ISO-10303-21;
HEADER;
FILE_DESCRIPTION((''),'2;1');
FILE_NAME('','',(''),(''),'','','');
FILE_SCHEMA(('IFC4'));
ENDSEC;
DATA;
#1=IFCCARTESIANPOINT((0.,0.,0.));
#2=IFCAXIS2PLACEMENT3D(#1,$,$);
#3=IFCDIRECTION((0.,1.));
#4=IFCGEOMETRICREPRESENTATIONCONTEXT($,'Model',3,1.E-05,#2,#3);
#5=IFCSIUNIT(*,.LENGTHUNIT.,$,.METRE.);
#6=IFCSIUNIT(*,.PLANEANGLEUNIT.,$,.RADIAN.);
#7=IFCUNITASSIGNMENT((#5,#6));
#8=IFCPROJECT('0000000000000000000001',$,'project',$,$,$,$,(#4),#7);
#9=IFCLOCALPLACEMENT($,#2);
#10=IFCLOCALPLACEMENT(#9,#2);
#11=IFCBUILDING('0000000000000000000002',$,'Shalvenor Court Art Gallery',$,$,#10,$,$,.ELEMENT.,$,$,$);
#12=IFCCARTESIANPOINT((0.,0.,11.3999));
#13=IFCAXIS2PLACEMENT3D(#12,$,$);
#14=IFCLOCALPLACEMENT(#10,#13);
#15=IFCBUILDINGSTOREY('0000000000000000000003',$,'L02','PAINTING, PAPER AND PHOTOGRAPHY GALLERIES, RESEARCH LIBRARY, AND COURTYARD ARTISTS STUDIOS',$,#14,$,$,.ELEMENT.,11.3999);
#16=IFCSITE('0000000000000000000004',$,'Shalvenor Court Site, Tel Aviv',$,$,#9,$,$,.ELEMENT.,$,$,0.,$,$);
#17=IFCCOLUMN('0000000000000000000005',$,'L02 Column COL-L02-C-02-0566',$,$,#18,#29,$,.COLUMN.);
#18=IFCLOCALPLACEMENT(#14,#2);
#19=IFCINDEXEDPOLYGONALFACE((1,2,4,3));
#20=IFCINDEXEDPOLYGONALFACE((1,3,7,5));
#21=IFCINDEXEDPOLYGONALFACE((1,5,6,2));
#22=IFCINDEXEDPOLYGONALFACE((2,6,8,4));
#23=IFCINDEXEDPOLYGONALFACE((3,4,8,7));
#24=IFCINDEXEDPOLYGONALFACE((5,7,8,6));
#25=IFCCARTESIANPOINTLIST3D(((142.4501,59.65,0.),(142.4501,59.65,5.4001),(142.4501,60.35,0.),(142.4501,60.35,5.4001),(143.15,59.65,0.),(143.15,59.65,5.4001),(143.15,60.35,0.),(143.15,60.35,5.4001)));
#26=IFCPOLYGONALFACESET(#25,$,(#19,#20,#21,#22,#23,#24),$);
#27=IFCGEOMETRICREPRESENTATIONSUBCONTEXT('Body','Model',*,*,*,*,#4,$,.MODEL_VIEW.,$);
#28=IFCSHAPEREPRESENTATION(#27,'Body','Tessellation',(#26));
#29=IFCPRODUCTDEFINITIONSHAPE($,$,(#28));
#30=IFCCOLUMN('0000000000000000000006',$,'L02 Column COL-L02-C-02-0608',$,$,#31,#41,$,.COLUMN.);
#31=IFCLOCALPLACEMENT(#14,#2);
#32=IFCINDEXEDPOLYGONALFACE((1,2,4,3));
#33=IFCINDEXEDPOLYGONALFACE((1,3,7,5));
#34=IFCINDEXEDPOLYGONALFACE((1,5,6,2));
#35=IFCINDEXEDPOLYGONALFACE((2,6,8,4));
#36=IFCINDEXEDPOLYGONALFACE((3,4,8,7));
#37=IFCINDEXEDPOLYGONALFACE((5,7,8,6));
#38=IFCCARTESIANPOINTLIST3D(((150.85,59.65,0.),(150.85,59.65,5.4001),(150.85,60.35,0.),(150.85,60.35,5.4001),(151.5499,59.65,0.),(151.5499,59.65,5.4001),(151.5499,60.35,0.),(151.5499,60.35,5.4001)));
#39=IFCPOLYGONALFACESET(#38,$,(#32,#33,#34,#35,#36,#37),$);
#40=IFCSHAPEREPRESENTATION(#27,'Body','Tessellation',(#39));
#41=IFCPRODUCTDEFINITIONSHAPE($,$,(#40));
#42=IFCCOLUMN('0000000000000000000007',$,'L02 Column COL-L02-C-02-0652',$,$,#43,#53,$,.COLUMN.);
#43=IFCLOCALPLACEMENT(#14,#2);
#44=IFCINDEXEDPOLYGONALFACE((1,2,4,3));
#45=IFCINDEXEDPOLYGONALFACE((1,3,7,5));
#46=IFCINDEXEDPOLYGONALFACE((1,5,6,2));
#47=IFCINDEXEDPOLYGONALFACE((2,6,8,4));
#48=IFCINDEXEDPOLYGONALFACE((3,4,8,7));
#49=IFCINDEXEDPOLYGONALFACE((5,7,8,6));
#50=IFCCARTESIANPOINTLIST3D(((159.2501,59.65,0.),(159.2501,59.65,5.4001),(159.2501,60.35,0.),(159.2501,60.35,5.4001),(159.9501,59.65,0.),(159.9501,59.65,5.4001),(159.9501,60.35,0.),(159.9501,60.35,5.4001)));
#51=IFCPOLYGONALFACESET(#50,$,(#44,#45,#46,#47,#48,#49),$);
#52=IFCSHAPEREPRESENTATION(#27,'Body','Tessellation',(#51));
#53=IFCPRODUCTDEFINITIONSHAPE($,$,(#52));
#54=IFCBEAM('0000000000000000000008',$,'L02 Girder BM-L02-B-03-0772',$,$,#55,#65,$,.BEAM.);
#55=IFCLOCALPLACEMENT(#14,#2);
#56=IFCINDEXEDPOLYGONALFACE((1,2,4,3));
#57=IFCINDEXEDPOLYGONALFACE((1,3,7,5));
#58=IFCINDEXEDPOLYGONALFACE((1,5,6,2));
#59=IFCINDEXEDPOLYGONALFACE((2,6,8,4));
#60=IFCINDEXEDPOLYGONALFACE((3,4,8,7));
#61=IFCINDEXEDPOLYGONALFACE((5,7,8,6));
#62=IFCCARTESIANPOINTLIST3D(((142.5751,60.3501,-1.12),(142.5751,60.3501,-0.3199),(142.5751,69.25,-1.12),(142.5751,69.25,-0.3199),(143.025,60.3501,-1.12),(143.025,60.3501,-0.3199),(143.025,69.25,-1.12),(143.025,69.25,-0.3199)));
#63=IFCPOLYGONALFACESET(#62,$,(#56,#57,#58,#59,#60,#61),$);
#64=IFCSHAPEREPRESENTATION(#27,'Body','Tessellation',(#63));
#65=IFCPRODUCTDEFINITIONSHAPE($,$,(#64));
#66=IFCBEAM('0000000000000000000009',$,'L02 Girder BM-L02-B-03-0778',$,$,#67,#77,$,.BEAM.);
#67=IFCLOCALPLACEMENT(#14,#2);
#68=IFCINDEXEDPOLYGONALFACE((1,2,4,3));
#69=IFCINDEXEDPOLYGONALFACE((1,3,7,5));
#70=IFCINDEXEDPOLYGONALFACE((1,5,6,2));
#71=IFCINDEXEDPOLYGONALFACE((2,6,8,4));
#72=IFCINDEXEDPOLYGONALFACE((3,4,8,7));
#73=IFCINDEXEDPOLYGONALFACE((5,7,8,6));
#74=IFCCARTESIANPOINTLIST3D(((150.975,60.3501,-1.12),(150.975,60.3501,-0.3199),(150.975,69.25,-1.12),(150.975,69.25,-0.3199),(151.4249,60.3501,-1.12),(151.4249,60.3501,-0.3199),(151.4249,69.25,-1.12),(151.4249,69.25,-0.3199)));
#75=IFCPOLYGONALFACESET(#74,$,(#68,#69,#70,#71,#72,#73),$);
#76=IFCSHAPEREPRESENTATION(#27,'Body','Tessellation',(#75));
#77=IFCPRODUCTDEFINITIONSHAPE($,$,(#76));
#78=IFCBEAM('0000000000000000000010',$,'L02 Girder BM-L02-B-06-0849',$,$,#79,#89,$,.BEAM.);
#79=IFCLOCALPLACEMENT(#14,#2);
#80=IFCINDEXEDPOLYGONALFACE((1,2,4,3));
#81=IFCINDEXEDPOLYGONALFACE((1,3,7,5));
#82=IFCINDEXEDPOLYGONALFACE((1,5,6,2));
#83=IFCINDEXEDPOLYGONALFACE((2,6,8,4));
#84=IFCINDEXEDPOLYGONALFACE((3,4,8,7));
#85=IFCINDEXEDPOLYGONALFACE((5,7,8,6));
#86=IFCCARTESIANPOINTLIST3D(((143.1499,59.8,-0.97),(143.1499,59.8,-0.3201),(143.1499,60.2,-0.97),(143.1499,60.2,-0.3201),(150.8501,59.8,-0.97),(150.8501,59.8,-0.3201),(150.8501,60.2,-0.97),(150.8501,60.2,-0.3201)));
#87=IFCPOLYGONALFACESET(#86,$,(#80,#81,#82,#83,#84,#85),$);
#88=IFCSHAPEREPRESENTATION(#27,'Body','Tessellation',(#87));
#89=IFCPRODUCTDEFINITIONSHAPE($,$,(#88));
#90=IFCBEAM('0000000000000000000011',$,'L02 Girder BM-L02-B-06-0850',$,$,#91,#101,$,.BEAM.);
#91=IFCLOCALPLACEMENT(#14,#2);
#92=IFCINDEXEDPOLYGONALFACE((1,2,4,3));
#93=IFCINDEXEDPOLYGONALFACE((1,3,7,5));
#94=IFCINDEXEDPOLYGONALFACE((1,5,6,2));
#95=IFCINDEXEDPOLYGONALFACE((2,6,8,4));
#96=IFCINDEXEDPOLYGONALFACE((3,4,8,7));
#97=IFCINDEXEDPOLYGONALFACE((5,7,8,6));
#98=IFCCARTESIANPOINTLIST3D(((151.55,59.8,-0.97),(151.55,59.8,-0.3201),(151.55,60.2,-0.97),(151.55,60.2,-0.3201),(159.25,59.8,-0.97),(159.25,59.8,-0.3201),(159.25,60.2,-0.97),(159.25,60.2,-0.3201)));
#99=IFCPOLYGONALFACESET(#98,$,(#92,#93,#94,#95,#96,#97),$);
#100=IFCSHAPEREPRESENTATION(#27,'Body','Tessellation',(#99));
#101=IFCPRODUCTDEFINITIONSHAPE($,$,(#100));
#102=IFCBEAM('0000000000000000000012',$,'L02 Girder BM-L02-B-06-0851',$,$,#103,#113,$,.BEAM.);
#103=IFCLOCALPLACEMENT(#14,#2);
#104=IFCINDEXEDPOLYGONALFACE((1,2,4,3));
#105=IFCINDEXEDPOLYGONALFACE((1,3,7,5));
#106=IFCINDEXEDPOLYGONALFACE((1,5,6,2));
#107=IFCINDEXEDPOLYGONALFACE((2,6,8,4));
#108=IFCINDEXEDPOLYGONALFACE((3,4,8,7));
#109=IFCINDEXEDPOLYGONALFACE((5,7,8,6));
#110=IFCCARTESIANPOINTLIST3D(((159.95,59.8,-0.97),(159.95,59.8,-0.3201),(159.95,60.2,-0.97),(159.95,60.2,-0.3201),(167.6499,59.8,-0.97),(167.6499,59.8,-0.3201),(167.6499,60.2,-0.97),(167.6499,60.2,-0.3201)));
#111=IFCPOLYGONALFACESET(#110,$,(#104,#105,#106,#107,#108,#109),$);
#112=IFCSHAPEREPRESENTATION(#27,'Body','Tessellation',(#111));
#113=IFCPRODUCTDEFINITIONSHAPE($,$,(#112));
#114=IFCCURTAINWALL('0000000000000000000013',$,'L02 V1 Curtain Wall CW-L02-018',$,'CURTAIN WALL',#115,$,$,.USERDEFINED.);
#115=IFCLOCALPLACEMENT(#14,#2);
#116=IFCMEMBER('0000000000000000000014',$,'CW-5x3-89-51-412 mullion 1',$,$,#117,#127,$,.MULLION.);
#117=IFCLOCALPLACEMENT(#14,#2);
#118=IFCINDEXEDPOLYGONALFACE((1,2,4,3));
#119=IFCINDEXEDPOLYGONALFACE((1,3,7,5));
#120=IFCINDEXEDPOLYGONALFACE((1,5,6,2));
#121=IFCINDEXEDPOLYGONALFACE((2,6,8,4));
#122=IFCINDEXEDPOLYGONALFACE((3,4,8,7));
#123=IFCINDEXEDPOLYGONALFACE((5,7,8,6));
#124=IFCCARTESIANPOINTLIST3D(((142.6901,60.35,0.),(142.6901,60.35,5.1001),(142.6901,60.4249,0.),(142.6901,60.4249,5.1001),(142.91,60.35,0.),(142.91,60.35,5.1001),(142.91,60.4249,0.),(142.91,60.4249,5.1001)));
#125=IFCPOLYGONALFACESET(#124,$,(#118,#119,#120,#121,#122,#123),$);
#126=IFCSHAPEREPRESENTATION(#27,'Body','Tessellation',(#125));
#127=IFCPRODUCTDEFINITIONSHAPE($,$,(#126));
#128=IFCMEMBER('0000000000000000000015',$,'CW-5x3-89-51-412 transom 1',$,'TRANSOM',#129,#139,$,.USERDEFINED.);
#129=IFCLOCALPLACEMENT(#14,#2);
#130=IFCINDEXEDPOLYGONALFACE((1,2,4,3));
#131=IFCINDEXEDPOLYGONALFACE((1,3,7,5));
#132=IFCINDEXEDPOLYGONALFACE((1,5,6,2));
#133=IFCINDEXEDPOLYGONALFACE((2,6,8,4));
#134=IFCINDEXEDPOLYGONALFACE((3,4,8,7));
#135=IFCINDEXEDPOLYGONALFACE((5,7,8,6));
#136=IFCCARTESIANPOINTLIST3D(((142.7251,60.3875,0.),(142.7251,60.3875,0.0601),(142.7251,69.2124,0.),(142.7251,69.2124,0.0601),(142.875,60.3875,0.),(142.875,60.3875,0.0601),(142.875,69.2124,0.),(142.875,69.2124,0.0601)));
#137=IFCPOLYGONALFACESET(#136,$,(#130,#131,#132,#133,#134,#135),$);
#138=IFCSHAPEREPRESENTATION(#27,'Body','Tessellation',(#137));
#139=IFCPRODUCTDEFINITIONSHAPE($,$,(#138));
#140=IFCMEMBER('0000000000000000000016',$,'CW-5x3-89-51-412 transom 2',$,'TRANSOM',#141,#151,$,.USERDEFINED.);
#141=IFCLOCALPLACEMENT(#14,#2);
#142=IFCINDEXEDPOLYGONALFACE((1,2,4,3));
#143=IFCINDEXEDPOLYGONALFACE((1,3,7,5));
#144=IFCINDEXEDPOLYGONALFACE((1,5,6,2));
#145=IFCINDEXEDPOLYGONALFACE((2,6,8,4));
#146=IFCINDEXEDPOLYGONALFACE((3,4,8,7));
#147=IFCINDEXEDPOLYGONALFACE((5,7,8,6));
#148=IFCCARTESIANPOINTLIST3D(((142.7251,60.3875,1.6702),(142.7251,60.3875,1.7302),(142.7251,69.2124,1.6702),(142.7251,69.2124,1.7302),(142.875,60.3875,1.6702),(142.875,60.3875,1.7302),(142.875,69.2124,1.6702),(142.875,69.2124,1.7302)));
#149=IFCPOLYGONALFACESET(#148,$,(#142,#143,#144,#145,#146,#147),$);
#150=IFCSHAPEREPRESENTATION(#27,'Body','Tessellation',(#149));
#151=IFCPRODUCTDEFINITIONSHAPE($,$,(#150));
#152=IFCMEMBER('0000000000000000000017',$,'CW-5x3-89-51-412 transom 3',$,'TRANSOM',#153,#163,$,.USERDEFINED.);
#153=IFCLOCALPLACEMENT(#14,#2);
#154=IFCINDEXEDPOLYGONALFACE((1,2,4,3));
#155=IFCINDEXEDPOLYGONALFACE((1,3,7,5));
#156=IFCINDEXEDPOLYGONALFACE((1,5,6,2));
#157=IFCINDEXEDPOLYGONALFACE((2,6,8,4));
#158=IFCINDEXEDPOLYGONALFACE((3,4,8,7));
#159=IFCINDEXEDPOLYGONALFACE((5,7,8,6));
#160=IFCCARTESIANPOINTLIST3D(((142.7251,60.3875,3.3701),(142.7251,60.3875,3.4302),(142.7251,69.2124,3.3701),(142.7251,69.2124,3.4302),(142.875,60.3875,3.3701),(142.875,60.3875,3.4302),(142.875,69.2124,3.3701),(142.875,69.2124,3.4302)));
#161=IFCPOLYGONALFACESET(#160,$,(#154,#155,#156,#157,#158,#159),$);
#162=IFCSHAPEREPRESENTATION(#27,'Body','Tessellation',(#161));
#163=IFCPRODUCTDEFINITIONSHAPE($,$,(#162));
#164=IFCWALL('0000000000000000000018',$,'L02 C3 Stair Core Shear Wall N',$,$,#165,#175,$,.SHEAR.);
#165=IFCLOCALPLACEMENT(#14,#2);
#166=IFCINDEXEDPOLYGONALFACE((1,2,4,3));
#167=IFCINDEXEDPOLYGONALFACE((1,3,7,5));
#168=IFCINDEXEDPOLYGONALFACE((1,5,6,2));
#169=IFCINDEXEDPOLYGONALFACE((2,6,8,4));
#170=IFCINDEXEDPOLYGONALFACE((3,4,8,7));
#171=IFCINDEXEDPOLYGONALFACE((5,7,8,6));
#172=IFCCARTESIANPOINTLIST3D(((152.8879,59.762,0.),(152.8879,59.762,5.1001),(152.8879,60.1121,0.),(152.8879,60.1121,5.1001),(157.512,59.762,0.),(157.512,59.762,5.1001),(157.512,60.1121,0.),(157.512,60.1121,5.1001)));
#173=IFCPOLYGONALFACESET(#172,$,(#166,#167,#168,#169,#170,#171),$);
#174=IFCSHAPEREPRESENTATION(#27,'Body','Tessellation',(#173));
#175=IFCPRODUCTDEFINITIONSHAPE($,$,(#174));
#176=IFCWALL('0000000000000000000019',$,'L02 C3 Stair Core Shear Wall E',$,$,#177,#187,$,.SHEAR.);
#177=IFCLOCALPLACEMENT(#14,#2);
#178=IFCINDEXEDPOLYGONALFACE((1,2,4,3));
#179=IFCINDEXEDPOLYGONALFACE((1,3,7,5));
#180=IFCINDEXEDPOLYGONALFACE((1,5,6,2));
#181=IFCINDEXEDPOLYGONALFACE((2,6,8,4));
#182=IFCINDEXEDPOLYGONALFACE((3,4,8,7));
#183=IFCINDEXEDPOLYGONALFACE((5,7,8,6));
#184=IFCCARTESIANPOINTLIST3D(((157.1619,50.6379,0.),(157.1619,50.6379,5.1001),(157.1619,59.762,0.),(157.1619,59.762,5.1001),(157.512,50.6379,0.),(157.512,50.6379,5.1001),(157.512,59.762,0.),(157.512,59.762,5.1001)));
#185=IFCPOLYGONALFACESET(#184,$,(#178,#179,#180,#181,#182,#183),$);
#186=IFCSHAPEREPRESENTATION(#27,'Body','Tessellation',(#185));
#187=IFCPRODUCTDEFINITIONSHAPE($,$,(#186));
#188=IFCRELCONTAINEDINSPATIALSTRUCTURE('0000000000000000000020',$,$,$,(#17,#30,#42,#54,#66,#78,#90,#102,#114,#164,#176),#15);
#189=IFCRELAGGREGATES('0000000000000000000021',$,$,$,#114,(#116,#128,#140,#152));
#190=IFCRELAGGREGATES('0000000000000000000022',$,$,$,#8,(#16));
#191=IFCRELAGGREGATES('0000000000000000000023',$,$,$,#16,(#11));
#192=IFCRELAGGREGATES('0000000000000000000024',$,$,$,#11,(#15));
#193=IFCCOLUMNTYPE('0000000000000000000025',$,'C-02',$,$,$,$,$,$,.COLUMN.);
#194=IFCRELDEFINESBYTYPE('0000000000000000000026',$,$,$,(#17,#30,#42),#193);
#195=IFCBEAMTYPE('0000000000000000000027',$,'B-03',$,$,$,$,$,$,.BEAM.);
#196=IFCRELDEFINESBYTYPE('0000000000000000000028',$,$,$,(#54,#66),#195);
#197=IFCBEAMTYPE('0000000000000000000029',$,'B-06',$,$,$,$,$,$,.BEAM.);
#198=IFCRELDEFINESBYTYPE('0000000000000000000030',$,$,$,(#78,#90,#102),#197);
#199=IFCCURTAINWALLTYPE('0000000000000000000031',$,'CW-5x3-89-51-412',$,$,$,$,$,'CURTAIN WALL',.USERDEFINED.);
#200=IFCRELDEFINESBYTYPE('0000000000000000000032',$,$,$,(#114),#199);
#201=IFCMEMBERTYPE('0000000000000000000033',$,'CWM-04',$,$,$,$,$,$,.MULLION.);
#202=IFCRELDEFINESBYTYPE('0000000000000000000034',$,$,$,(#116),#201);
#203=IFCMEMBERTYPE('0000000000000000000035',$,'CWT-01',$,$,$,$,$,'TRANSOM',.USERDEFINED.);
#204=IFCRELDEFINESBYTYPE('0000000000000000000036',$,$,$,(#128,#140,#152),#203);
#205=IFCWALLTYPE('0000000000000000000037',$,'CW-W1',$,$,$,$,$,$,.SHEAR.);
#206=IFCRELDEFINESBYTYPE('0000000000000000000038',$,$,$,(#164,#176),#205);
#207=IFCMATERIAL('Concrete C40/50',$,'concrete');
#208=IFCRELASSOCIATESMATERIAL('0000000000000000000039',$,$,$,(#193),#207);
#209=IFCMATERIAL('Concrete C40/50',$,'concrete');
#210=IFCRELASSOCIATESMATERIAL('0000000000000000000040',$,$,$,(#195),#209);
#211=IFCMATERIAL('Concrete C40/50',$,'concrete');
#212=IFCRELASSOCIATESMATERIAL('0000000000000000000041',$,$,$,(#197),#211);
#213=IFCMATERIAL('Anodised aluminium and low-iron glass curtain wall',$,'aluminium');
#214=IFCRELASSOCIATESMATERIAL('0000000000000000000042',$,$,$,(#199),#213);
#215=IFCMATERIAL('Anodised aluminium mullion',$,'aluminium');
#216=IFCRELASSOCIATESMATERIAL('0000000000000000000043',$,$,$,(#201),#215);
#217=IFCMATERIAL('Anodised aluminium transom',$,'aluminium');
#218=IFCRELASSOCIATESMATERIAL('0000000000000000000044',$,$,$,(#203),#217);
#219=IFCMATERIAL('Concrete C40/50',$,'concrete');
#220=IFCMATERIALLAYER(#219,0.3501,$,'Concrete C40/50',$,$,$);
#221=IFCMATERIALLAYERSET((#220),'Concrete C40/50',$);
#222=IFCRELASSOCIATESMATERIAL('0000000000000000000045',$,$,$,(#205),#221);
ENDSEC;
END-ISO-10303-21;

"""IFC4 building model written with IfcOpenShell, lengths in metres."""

from ifc_helpers import new_model, si_unit, direction, frame, frame_2d, origin, origin_2d, place, context, subcontext, project, spatial, rectangle, extrude, material, layer, layer_set, material_profile, profile_set, type_object, element, aggregate, save


model = new_model("IFC4")

# Units and contexts
model_context = context("Model", 3, precision=1e-05, world=origin(), true_north=direction((0.0, 1.0)))
body_context = subcontext(model_context, "Body", "Model", "MODEL_VIEW")
ifc_project = project(units=[si_unit("LENGTHUNIT", "METRE"), si_unit("PLANEANGLEUNIT", "RADIAN")], contexts=[model_context])

# Site, building, storey
site_placement = place(None, origin())
site = spatial("IfcSite", under=ifc_project, at=site_placement, Name="Shalvenor Court Site, Tel Aviv", CompositionType="ELEMENT", RefElevation=0.0)
building_placement = place(site_placement, origin())
building = spatial("IfcBuilding", under=site, at=building_placement, Name="Shalvenor Court Art Gallery", CompositionType="ELEMENT")
storey_placement = place(building_placement, frame((0.0, 0.0, 11.3999)))
storey = spatial("IfcBuildingStorey", under=building, at=storey_placement, Name="L02", Description="PAINTING, PAPER AND PHOTOGRAPHY GALLERIES, RESEARCH LIBRARY, AND COURTYARD ARTISTS STUDIOS", CompositionType="ELEMENT", Elevation=11.3999)

# Columns
ifc_material_1 = material(Name="Concrete C40/50", Category="concrete")
ifc_material_profile_1 = material_profile(ifc_material_1, rectangle(XDim=0.7, YDim=0.7, at=origin_2d()), Name="RC 700x700")
ifc_profile_set_1 = profile_set([ifc_material_profile_1], Name="Concrete C40/50")
column_type = type_object("IfcColumnType", Name="C-02", PredefinedType="COLUMN", material=ifc_profile_set_1)
for number, where, z_axis, x_axis, name in (
    (1, (142.8, 60.0, 0.0), (0.0, 0.0, 1.0), (1.0, 0.0, 0.0), "L02 Column COL-L02-C-02-0566"),
    (2, (151.2, 60.0, 0.0), (0.0, 0.0, 1.0), (1.0, 0.0, 0.0), "L02 Column COL-L02-C-02-0608"),
    (3, (159.6001, 60.0, 0.0), (0.0, 0.0, 1.0), (1.0, 0.0, 0.0), "L02 Column COL-L02-C-02-0652"),
):
    element("IfcColumn", number, at=place(storey_placement, frame(where, z_axis=z_axis, x_axis=x_axis)), inside=storey, type_object=column_type, Name=name, PredefinedType="COLUMN", context=body_context, shape_type="SweptSolid", body=[
        extrude(rectangle(XDim=0.7, YDim=0.7, at=origin_2d()), origin(), (0.0, 0.0, 1.0), 5.4001),
    ])

# Beams
ifc_material_2 = material(Name="Concrete C40/50", Category="concrete")
ifc_material_profile_2 = material_profile(ifc_material_2, rectangle(XDim=0.45, YDim=0.8, at=origin_2d()), Name="RC 450x800")
ifc_profile_set_2 = profile_set([ifc_material_profile_2], Name="Concrete C40/50")
beam_type_1 = type_object("IfcBeamType", Name="B-03", PredefinedType="BEAM", material=ifc_profile_set_2)
for number, where, z_axis, x_axis, name in (
    (4, (142.8, 60.3501, -0.72), (0.0, 1.0, 0.0), (-1.0, 0.0, 0.0), "L02 Girder BM-L02-B-03-0772"),
    (5, (151.2, 60.3501, -0.72), (0.0, 1.0, 0.0), (-1.0, 0.0, 0.0), "L02 Girder BM-L02-B-03-0778"),
):
    element("IfcBeam", number, at=place(storey_placement, frame(where, z_axis=z_axis, x_axis=x_axis)), inside=storey, type_object=beam_type_1, Name=name, PredefinedType="BEAM", context=body_context, shape_type="SweptSolid", body=[
        extrude(rectangle(XDim=0.45, YDim=0.8, at=origin_2d()), origin(), (0.0, 0.0, 1.0), 8.8999),
    ])
ifc_material_3 = material(Name="Concrete C40/50", Category="concrete")
ifc_material_profile_3 = material_profile(ifc_material_3, rectangle(XDim=0.3999, YDim=0.6499, at=origin_2d()), Name="RC 400x650")
ifc_profile_set_3 = profile_set([ifc_material_profile_3], Name="Concrete C40/50")
beam_type_2 = type_object("IfcBeamType", Name="B-06", PredefinedType="BEAM", material=ifc_profile_set_3)
beam_placement = place(storey_placement, frame((143.1499, 60.0, -0.645), z_axis=(1.0, 0.0, 0.0), x_axis=(0.0, 1.0, 0.0)))
element("IfcBeam", 6, at=beam_placement, inside=storey, type_object=beam_type_2, Name="L02 Girder BM-L02-B-06-0849", PredefinedType="BEAM", context=body_context, shape_type="SweptSolid", body=[
    extrude(rectangle(XDim=0.3999, YDim=0.6499, at=origin_2d()), origin(), (0.0, 0.0, 1.0), 7.7002),
])
for number, where, z_axis, x_axis, name in (
    (7, (151.55, 60.0, -0.645), (1.0, 0.0, 0.0), (0.0, 1.0, 0.0), "L02 Girder BM-L02-B-06-0850"),
    (8, (159.95, 60.0, -0.645), (1.0, 0.0, 0.0), (0.0, 1.0, 0.0), "L02 Girder BM-L02-B-06-0851"),
):
    element("IfcBeam", number, at=place(storey_placement, frame(where, z_axis=z_axis, x_axis=x_axis)), inside=storey, type_object=beam_type_2, Name=name, PredefinedType="BEAM", context=body_context, shape_type="SweptSolid", body=[
        extrude(rectangle(XDim=0.3999, YDim=0.6499, at=origin_2d()), origin(), (0.0, 0.0, 1.0), 7.7),
    ])

# Curtain wall, members
ifc_material_4 = material(Name="Anodised aluminium and low-iron glass curtain wall", Category="aluminium")
curtain_wall_type = type_object("IfcCurtainWallType", Name="CW-5x3-89-51-412", ElementType="CURTAIN WALL", PredefinedType="USERDEFINED", material=ifc_material_4)
curtain_wall_placement = place(storey_placement, origin())
curtain_wall = element("IfcCurtainWall", 9, at=curtain_wall_placement, inside=storey, type_object=curtain_wall_type, Name="L02 V1 Curtain Wall CW-L02-018", ObjectType="CURTAIN WALL", PredefinedType="USERDEFINED")
ifc_material_5 = material(Name="Anodised aluminium mullion", Category="aluminium")
ifc_material_profile_4 = material_profile(ifc_material_5, rectangle(XDim=0.075, YDim=0.22, at=origin_2d()), Name="CWM-04")
ifc_profile_set_4 = profile_set([ifc_material_profile_4], Name="Anodised aluminium mullion")
member_type_1 = type_object("IfcMemberType", Name="CWM-04", PredefinedType="MULLION", material=ifc_profile_set_4)
member_1_placement = place(storey_placement, frame((142.8, 60.3875, 0.0), z_axis=(0.0, 0.0, 1.0), x_axis=(0.0, 1.0, 0.0)))
member_1 = element("IfcMember", 10, at=member_1_placement, type_object=member_type_1, Name="CW-5x3-89-51-412 mullion 1", PredefinedType="MULLION", context=body_context, shape_type="SweptSolid", body=[
    extrude(rectangle(XDim=0.075, YDim=0.22, at=origin_2d()), origin(), (0.0, 0.0, 1.0), 5.1001),
])
ifc_material_6 = material(Name="Anodised aluminium transom", Category="aluminium")
ifc_material_profile_5 = material_profile(ifc_material_6, rectangle(XDim=0.1499, YDim=0.0601, at=origin_2d()), Name="CWT-01")
ifc_profile_set_5 = profile_set([ifc_material_profile_5], Name="Anodised aluminium transom")
member_type_2 = type_object("IfcMemberType", Name="CWT-01", ElementType="TRANSOM", PredefinedType="USERDEFINED", material=ifc_profile_set_5)
member_2_placement = place(storey_placement, frame((142.8, 60.3875, 0.03), z_axis=(0.0, 1.0, 0.0), x_axis=(-1.0, 0.0, 0.0)))
member_2 = element("IfcMember", 11, at=member_2_placement, type_object=member_type_2, Name="CW-5x3-89-51-412 transom 1", ObjectType="TRANSOM", PredefinedType="USERDEFINED", context=body_context, shape_type="SweptSolid", body=[
    extrude(rectangle(XDim=0.1499, YDim=0.0601, at=origin_2d()), origin(), (0.0, 0.0, 1.0), 8.825),
])
member_3_placement = place(storey_placement, frame((142.8, 60.3875, 1.7002), z_axis=(0.0, 1.0, 0.0), x_axis=(-1.0, 0.0, 0.0)))
member_3 = element("IfcMember", 12, at=member_3_placement, type_object=member_type_2, Name="CW-5x3-89-51-412 transom 2", ObjectType="TRANSOM", PredefinedType="USERDEFINED", context=body_context, shape_type="SweptSolid", body=[
    extrude(rectangle(XDim=0.1499, YDim=0.0601, at=origin_2d()), origin(), (0.0, 0.0, 1.0), 8.825),
])
member_4_placement = place(storey_placement, frame((142.8, 60.3875, 3.4001), z_axis=(0.0, 1.0, 0.0), x_axis=(-1.0, 0.0, 0.0)))
member_4 = element("IfcMember", 13, at=member_4_placement, type_object=member_type_2, Name="CW-5x3-89-51-412 transom 3", ObjectType="TRANSOM", PredefinedType="USERDEFINED", context=body_context, shape_type="SweptSolid", body=[
    extrude(rectangle(XDim=0.1499, YDim=0.0601, at=origin_2d()), origin(), (0.0, 0.0, 1.0), 8.825),
])
aggregate(curtain_wall, [member_1, member_2, member_3, member_4])

# Walls
ifc_material_7 = material(Name="Concrete C40/50", Category="concrete")
ifc_layer_1 = layer(ifc_material_7, 0.3501, Name="Concrete C40/50")
ifc_layer_set_1 = layer_set([ifc_layer_1], Name="Concrete C40/50")
wall_type_1 = type_object("IfcWallType", Name="CW-W1", PredefinedType="SHEAR", material=ifc_layer_set_1)
wall_1_placement = place(storey_placement, frame((152.8879, 59.937, 0.0), z_axis=(0.0, 0.0, 1.0), x_axis=(1.0, 0.0, 0.0)))
element("IfcWall", 14, at=wall_1_placement, inside=storey, type_object=wall_type_1, Name="L02 C3 Stair Core Shear Wall N", PredefinedType="SHEAR", context=body_context, shape_type="SweptSolid", body=[
    extrude(rectangle(XDim=4.624, YDim=0.3501, at=frame_2d((2.312, 0.0))), origin(), (0.0, 0.0, 1.0), 5.1001),
])
wall_2_placement = place(storey_placement, frame((157.3369, 59.762, 0.0), z_axis=(0.0, 0.0, 1.0), x_axis=(0.0, -1.0, 0.0)))
element("IfcWall", 15, at=wall_2_placement, inside=storey, type_object=wall_type_1, Name="L02 C3 Stair Core Shear Wall E", PredefinedType="SHEAR", context=body_context, shape_type="SweptSolid", body=[
    extrude(rectangle(XDim=9.124, YDim=0.3501, at=frame_2d((4.562, 0.0))), origin(), (0.0, 0.0, 1.0), 5.1001),
])

save(model, "model.ifc")
